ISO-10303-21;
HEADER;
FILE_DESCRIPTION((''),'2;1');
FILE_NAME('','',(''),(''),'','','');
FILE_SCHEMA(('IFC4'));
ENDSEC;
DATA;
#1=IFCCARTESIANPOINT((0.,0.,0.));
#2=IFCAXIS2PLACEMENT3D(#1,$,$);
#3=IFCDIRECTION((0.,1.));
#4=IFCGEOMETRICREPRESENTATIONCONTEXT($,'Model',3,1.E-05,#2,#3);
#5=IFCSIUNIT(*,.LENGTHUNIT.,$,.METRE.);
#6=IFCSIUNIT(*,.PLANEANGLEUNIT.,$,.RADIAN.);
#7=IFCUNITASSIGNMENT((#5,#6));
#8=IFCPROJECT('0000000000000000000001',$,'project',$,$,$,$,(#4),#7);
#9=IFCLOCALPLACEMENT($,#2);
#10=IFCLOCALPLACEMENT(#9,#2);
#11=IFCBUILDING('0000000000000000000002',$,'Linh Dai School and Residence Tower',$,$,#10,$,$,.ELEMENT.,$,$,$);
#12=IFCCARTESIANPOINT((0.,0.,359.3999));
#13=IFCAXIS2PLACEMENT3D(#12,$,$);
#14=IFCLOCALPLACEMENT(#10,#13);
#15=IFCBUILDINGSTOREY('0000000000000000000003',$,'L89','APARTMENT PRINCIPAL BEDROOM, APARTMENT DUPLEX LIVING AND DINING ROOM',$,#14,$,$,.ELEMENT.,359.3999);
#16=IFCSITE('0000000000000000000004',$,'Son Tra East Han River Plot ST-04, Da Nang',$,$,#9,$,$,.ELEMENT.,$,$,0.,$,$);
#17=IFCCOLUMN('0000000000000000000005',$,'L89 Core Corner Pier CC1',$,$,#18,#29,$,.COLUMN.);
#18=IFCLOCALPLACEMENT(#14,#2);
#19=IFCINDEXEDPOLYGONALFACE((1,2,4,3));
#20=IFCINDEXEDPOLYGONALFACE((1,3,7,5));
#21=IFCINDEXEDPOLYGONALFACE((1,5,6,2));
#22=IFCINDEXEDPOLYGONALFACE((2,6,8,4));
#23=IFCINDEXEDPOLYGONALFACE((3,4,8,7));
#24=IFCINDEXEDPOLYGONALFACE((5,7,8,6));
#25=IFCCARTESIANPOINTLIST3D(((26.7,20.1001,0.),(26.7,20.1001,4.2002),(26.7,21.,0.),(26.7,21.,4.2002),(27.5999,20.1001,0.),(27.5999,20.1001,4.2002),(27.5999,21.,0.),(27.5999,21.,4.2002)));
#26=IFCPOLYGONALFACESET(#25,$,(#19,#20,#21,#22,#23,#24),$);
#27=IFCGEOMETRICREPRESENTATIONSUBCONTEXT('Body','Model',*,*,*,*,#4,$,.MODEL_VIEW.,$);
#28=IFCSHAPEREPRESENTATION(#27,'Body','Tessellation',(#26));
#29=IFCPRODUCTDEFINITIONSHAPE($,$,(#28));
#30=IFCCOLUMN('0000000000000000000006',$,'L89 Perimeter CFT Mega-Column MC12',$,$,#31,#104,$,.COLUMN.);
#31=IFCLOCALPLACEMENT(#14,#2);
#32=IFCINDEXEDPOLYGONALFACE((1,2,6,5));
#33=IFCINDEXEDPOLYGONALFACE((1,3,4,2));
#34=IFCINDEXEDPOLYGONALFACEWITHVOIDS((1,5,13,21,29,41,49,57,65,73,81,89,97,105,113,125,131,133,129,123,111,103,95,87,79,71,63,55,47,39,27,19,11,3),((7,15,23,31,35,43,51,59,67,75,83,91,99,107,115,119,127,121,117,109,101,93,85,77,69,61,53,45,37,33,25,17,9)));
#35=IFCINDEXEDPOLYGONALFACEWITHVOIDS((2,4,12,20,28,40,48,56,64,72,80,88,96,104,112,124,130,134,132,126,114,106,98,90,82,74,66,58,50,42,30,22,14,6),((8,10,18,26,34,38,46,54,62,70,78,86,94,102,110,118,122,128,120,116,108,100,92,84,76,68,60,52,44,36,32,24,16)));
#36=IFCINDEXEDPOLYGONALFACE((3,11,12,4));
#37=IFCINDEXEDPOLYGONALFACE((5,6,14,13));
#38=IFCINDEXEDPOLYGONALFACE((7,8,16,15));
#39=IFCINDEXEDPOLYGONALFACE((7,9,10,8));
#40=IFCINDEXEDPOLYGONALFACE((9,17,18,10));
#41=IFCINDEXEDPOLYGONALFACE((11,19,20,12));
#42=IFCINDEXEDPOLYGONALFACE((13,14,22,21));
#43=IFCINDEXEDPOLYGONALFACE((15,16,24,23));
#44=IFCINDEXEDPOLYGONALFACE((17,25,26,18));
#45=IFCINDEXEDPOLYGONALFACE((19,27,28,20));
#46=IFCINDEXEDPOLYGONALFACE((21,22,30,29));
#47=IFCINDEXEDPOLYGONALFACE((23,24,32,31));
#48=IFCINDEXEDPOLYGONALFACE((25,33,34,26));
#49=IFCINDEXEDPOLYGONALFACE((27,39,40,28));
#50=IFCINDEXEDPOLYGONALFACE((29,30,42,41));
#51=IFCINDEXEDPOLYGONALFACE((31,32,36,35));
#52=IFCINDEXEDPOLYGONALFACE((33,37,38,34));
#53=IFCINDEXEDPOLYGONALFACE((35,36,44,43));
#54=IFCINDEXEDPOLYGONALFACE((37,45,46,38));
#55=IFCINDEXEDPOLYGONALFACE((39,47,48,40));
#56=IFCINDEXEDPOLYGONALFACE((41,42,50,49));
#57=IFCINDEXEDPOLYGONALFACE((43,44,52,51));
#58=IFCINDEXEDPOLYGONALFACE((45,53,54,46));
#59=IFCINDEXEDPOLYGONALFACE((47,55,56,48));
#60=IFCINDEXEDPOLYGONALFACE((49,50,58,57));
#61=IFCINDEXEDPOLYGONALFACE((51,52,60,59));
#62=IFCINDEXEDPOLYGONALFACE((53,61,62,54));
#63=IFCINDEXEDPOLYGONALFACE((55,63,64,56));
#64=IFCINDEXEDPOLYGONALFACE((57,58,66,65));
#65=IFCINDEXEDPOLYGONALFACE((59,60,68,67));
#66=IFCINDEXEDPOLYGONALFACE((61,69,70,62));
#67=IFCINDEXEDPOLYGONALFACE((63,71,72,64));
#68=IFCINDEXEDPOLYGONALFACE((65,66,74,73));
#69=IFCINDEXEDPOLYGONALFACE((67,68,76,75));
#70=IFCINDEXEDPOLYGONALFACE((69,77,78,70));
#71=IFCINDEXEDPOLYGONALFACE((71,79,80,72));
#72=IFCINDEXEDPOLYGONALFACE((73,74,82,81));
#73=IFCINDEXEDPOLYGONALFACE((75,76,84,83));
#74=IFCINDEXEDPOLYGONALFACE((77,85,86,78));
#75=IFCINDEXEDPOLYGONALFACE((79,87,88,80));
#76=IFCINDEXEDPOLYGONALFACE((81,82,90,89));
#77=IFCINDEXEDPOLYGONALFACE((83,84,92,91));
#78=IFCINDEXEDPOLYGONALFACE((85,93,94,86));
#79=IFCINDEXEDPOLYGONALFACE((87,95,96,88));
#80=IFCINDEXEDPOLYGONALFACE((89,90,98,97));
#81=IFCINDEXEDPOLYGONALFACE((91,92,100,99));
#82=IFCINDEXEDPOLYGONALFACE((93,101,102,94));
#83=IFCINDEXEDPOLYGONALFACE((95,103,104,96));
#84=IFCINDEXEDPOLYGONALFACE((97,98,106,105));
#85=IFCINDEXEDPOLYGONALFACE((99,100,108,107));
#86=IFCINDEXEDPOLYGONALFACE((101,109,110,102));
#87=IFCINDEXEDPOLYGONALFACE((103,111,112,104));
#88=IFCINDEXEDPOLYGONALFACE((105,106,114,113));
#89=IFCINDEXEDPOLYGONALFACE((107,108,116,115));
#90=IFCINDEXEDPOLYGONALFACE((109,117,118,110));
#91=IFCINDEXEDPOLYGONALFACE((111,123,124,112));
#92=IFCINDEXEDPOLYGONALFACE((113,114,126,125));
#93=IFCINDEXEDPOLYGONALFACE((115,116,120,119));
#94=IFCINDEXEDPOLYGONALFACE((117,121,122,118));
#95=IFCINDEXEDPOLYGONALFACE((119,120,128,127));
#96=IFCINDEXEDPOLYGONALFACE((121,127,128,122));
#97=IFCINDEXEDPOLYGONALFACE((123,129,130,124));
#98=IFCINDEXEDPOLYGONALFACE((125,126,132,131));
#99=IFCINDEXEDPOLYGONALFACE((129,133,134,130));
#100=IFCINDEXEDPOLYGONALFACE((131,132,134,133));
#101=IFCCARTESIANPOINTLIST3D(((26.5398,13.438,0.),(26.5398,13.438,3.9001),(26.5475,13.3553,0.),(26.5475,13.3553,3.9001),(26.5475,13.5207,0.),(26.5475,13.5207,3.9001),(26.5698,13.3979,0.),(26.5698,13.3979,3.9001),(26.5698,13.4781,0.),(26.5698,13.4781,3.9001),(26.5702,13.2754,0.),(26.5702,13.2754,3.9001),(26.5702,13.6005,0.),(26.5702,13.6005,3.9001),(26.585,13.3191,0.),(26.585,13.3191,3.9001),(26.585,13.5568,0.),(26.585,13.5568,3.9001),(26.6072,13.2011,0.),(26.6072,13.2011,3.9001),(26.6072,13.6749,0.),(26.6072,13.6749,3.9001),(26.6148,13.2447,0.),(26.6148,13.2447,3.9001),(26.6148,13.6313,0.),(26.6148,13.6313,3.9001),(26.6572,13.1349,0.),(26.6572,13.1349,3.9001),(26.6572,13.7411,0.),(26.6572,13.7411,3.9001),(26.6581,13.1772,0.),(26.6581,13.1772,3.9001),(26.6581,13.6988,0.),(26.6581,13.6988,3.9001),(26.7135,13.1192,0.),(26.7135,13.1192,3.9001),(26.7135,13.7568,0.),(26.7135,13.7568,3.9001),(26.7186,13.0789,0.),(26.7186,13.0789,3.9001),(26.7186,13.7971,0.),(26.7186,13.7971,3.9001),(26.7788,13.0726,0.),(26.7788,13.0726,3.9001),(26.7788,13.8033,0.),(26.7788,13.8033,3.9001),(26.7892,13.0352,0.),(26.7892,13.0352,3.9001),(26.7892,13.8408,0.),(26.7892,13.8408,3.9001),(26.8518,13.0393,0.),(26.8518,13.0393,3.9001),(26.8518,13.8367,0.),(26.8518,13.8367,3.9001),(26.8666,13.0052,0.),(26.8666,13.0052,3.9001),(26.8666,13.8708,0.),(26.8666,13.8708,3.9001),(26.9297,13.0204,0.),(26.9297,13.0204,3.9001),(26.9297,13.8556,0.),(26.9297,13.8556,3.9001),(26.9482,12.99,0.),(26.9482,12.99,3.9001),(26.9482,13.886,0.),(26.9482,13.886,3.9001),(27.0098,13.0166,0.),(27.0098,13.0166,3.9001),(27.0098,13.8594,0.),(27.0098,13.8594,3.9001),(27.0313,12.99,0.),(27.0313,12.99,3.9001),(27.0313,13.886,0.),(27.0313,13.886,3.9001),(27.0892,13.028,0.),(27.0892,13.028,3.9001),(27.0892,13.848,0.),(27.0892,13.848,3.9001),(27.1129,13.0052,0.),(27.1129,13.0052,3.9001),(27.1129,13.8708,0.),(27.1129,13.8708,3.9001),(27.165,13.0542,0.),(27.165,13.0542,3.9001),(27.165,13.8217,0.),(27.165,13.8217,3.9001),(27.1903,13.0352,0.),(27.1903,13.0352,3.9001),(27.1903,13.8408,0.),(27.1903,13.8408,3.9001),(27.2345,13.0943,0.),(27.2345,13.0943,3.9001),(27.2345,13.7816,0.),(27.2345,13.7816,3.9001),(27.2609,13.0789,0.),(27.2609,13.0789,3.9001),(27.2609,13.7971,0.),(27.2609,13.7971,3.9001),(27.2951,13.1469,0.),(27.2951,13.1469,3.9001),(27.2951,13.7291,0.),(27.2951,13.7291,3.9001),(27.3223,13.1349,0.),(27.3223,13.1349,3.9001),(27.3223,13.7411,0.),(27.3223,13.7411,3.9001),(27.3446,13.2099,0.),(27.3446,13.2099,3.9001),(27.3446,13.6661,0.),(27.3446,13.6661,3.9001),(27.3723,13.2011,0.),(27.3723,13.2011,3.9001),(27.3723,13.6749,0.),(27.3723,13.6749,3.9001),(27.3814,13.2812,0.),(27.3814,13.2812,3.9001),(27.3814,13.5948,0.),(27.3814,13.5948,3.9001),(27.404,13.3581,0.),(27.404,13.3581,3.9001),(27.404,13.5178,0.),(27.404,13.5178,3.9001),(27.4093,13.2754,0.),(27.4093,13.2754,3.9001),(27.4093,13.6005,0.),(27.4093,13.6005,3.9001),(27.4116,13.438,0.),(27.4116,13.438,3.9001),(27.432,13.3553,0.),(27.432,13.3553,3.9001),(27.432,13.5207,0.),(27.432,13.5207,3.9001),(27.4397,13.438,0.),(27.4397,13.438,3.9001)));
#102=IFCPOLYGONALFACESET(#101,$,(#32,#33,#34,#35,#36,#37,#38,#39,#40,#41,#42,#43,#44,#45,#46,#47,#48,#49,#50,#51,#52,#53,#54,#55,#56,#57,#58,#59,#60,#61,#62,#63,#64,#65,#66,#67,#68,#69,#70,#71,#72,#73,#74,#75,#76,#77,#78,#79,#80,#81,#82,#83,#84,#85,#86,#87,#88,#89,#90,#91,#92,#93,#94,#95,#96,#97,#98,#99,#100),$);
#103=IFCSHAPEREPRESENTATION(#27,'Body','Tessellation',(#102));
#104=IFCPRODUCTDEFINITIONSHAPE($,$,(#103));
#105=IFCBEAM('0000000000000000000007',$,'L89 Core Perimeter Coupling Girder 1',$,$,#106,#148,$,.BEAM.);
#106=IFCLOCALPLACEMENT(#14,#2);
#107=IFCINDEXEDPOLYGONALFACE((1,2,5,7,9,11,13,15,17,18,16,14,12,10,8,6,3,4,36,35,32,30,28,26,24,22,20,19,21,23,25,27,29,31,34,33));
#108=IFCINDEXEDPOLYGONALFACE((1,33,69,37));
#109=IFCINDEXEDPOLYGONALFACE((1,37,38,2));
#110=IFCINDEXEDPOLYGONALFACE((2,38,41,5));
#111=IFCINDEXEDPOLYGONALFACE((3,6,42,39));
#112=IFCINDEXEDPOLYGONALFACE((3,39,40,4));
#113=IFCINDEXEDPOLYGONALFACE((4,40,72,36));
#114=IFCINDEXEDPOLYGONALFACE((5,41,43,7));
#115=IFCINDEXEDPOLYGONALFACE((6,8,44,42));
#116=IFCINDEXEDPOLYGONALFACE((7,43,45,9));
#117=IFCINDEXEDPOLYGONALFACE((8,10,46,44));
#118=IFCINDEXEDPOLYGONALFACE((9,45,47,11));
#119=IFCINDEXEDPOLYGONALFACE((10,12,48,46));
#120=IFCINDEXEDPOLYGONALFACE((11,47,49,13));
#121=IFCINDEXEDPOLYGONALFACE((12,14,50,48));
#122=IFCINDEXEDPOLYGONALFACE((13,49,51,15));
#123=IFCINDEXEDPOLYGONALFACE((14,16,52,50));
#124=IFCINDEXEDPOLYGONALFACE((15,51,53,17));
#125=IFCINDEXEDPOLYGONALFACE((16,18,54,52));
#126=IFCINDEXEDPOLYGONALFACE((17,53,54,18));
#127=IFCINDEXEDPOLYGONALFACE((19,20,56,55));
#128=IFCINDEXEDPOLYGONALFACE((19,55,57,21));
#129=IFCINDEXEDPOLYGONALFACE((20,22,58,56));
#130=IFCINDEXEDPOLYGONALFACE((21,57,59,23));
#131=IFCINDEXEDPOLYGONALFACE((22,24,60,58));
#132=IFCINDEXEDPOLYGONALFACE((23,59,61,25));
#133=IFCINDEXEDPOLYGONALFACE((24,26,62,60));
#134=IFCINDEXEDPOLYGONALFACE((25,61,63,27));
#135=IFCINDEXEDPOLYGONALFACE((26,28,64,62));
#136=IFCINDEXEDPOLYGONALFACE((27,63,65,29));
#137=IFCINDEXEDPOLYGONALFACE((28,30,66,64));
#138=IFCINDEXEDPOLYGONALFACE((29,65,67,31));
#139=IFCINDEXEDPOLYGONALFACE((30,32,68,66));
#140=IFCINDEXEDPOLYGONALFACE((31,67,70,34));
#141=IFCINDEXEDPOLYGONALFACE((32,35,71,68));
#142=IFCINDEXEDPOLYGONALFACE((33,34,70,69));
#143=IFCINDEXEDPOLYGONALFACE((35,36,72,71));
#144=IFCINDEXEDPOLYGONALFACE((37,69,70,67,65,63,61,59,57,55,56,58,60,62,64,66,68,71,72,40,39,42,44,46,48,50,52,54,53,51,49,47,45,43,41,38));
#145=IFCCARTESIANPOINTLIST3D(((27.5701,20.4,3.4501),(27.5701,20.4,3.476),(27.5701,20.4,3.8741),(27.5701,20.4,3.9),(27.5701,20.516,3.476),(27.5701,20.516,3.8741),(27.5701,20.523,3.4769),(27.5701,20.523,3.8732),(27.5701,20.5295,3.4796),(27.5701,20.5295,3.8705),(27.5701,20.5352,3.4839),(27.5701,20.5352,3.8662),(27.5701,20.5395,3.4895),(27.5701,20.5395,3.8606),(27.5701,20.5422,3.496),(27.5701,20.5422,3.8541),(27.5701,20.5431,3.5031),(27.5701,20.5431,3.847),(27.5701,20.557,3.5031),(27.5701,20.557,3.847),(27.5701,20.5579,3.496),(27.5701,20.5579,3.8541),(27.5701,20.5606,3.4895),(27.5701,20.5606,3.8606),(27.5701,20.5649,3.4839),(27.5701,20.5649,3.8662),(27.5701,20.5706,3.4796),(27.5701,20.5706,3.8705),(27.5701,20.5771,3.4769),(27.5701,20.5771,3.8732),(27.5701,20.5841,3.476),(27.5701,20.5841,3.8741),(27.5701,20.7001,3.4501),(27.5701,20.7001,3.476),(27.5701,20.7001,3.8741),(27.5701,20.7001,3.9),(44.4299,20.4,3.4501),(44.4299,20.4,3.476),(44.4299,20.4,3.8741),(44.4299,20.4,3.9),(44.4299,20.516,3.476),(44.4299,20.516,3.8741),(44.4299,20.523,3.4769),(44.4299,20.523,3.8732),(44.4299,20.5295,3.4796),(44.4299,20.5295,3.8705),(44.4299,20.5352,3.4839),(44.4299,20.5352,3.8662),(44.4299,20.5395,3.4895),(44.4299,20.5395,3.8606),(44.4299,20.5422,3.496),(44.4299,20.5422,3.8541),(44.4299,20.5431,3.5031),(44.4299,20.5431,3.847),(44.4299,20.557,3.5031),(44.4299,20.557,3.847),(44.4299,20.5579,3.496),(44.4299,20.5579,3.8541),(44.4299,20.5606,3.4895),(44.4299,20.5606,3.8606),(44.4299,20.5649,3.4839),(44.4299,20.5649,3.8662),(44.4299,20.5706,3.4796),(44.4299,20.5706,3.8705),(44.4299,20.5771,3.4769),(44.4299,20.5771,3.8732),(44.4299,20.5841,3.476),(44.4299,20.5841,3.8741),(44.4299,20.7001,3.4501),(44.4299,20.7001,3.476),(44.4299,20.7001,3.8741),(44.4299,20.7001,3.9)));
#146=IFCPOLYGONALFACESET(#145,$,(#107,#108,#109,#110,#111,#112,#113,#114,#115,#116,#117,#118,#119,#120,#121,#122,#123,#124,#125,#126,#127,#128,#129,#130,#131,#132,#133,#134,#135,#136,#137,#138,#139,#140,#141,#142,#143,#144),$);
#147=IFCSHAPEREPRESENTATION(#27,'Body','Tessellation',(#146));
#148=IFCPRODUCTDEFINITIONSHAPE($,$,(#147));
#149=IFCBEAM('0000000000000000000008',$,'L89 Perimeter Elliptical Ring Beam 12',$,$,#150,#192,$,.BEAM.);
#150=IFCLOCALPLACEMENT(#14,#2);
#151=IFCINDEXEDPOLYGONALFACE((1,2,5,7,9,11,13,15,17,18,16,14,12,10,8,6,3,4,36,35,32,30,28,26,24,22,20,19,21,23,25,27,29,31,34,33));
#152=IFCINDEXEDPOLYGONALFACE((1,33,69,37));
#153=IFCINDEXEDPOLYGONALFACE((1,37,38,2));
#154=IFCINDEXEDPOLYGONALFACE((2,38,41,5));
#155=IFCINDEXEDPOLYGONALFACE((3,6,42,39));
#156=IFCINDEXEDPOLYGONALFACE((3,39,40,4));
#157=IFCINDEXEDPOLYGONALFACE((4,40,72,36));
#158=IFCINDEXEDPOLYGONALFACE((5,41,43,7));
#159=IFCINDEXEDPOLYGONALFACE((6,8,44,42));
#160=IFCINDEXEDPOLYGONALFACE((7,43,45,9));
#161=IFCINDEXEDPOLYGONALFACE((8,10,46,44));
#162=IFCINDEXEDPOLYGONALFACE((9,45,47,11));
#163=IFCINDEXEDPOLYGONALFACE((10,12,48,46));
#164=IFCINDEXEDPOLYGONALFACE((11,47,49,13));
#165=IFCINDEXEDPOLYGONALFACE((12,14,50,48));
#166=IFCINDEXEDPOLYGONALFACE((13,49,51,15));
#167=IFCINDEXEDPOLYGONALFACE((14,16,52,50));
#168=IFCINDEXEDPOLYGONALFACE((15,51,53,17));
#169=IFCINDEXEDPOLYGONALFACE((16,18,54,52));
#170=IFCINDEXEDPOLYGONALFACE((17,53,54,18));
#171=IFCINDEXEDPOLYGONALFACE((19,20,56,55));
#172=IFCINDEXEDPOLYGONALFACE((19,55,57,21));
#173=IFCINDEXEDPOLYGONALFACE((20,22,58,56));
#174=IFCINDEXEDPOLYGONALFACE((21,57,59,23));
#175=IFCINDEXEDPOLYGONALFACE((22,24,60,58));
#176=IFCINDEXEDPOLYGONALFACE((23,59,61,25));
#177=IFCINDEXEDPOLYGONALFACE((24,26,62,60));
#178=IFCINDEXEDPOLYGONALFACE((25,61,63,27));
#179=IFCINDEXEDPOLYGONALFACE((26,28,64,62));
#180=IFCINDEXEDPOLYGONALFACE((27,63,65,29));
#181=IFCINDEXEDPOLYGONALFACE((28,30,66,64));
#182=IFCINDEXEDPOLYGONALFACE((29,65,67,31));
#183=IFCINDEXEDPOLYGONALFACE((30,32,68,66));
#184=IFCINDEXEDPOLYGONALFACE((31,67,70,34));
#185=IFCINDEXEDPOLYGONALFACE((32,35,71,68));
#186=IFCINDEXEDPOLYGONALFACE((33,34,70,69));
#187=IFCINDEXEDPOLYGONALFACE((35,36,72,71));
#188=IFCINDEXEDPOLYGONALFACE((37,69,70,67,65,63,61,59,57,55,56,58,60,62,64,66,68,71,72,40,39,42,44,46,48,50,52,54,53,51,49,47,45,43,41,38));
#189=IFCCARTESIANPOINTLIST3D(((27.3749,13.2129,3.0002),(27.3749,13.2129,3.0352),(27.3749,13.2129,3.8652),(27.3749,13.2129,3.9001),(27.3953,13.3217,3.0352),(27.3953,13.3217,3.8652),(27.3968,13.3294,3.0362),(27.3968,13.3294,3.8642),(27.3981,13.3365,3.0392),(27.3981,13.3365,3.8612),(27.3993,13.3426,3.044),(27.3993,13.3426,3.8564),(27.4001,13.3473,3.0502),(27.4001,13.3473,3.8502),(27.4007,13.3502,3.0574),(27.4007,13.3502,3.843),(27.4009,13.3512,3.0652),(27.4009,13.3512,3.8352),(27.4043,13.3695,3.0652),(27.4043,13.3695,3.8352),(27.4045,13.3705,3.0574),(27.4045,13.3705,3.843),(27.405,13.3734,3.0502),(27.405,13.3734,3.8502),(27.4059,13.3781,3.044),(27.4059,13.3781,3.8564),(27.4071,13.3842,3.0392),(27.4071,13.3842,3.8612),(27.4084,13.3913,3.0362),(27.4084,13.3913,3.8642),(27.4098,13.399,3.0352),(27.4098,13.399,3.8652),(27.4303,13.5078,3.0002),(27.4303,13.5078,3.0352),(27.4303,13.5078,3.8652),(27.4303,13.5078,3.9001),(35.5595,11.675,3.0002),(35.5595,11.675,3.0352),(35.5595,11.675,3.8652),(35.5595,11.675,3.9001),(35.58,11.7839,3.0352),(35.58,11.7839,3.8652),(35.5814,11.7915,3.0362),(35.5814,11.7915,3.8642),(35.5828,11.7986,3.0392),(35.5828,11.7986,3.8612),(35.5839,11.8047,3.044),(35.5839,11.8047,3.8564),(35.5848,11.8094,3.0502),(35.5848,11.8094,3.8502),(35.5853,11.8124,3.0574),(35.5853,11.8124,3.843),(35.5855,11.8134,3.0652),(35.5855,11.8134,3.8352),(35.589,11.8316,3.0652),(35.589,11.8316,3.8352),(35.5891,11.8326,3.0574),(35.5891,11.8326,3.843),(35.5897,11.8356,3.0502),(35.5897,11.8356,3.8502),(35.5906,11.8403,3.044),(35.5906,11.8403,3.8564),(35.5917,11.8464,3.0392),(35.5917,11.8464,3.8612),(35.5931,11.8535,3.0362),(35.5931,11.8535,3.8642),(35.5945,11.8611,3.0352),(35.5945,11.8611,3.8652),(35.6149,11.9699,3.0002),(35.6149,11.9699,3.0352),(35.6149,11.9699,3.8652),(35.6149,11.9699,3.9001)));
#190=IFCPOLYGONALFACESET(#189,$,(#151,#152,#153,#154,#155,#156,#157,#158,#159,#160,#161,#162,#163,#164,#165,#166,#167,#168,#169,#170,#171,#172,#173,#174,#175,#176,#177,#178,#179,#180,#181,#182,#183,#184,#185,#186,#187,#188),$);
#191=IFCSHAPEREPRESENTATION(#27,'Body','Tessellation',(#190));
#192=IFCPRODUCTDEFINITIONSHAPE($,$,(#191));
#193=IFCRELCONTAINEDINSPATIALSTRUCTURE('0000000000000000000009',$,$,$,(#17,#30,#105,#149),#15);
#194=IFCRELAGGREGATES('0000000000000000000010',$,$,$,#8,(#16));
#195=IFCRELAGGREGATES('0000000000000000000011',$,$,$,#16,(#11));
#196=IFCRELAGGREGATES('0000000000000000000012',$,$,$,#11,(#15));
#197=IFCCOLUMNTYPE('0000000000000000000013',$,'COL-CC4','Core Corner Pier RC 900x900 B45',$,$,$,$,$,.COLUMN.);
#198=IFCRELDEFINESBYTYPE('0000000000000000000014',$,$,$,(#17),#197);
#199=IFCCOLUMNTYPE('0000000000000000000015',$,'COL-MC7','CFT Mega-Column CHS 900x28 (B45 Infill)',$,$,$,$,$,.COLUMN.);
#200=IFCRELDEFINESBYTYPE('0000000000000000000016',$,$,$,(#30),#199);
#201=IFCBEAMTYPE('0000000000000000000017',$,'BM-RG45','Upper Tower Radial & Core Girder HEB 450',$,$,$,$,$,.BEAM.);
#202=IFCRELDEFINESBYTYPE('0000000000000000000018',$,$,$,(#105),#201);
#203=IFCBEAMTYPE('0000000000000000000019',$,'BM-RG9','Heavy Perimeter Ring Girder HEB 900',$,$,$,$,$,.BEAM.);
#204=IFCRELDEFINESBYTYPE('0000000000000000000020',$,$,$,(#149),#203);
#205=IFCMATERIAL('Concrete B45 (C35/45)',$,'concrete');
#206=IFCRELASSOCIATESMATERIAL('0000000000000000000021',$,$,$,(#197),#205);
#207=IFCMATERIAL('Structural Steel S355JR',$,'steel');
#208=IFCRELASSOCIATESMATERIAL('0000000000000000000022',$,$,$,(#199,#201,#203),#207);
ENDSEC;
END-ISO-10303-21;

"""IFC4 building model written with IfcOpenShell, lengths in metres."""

from ifc_helpers import new_model, si_unit, direction, frame, origin, origin_2d, place, context, subcontext, project, spatial, rectangle, hollow_circle, i_section, extrude, material, material_profile, profile_set, type_object, element, save


model = new_model("IFC4")

# Units and contexts
model_context = context("Model", 3, precision=1e-05, world=origin(), true_north=direction((0.0, 1.0)))
body_context = subcontext(model_context, "Body", "Model", "MODEL_VIEW")
ifc_project = project(units=[si_unit("LENGTHUNIT", "METRE"), si_unit("PLANEANGLEUNIT", "RADIAN")], contexts=[model_context])

# Site, building, storey
site_placement = place(None, origin())
site = spatial("IfcSite", under=ifc_project, at=site_placement, Name="Son Tra East Han River Plot ST-04, Da Nang", CompositionType="ELEMENT", RefElevation=0.0)
building_placement = place(site_placement, origin())
building = spatial("IfcBuilding", under=site, at=building_placement, Name="Linh Dai School and Residence Tower", CompositionType="ELEMENT")
storey_placement = place(building_placement, frame((0.0, 0.0, 359.3999)))
storey = spatial("IfcBuildingStorey", under=building, at=storey_placement, Name="L89", Description="APARTMENT PRINCIPAL BEDROOM, APARTMENT DUPLEX LIVING AND DINING ROOM", CompositionType="ELEMENT", Elevation=359.3999)

# Columns
ifc_material_1 = material(Name="Concrete B45 (C35/45)", Category="concrete")
ifc_material_profile_1 = material_profile(ifc_material_1, rectangle(XDim=0.8999, YDim=0.8999, at=origin_2d()), Name="RC 900x900")
ifc_profile_set_1 = profile_set([ifc_material_profile_1], Name="Concrete B45 (C35/45)")
column_type_1 = type_object("IfcColumnType", Name="COL-CC4", Description="Core Corner Pier RC 900x900 B45", PredefinedType="COLUMN", material=ifc_profile_set_1)
column_1_placement = place(storey_placement, frame((27.1499, 20.55, 0.0), z_axis=(0.0, 0.0, 1.0), x_axis=(1.0, 0.0, 0.0)))
element("IfcColumn", 1, at=column_1_placement, inside=storey, type_object=column_type_1, Name="L89 Core Corner Pier CC1", PredefinedType="COLUMN", context=body_context, shape_type="SweptSolid", body=[
    extrude(rectangle(XDim=0.8999, YDim=0.8999, at=origin_2d()), origin(), (0.0, 0.0, 1.0), 4.2002),
])
ifc_material_2 = material(Name="Structural Steel S355JR", Category="steel")
ifc_material_profile_2 = material_profile(ifc_material_2, hollow_circle(Radius=0.45, WallThickness=0.0281, at=origin_2d()), Name="CHS 900x28")
ifc_profile_set_2 = profile_set([ifc_material_profile_2], Name="Structural Steel S355JR")
column_type_2 = type_object("IfcColumnType", Name="COL-MC7", Description="CFT Mega-Column CHS 900x28 (B45 Infill)", PredefinedType="COLUMN", material=ifc_profile_set_2)
column_2_placement = place(storey_placement, frame((26.9897, 13.438, 0.0), z_axis=(0.0, 0.0, 1.0), x_axis=(1.0, 0.0, 0.0)))
element("IfcColumn", 2, at=column_2_placement, inside=storey, type_object=column_type_2, Name="L89 Perimeter CFT Mega-Column MC12", PredefinedType="COLUMN", context=body_context, shape_type="SweptSolid", body=[
    extrude(hollow_circle(Radius=0.45, WallThickness=0.0281, at=origin_2d()), origin(), (0.0, 0.0, 1.0), 3.9001),
])

# Beams
ifc_material_profile_3 = material_profile(ifc_material_2, i_section(OverallWidth=0.3, OverallDepth=0.45, WebThickness=0.0139, FlangeThickness=0.0259, FilletRadius=0.0271, at=origin_2d()), Name="HEB 450")
ifc_profile_set_3 = profile_set([ifc_material_profile_3], Name="Structural Steel S355JR")
beam_type_1 = type_object("IfcBeamType", Name="BM-RG45", Description="Upper Tower Radial & Core Girder HEB 450", PredefinedType="BEAM", material=ifc_profile_set_3)
beam_1_placement = place(storey_placement, frame((27.5701, 20.55, 3.675), z_axis=(1.0, 0.0, 0.0), x_axis=(0.0, 1.0, 0.0)))
element("IfcBeam", 3, at=beam_1_placement, inside=storey, type_object=beam_type_1, Name="L89 Core Perimeter Coupling Girder 1", PredefinedType="BEAM", context=body_context, shape_type="SweptSolid", body=[
    extrude(i_section(OverallWidth=0.3, OverallDepth=0.45, WebThickness=0.0139, FlangeThickness=0.0259, FilletRadius=0.0271, at=origin_2d()), origin(), (0.0, 0.0, 1.0), 16.8599),
])
ifc_material_profile_4 = material_profile(ifc_material_2, i_section(OverallWidth=0.3, OverallDepth=0.8999, WebThickness=0.0186, FlangeThickness=0.0349, FilletRadius=0.03, at=origin_2d()), Name="HEB 900")
ifc_profile_set_4 = profile_set([ifc_material_profile_4], Name="Structural Steel S355JR")
beam_type_2 = type_object("IfcBeamType", Name="BM-RG9", Description="Heavy Perimeter Ring Girder HEB 900", PredefinedType="BEAM", material=ifc_profile_set_4)
beam_2_placement = place(storey_placement, frame((27.4026, 13.3604, 3.4502), z_axis=(0.982802, -0.184664, 0.0), x_axis=(0.184664, 0.982802, 0.0)))
element("IfcBeam", 4, at=beam_2_placement, inside=storey, type_object=beam_type_2, Name="L89 Perimeter Elliptical Ring Beam 12", PredefinedType="BEAM", context=body_context, shape_type="SweptSolid", body=[
    extrude(i_section(OverallWidth=0.3, OverallDepth=0.8999, WebThickness=0.0186, FlangeThickness=0.0349, FilletRadius=0.03, at=origin_2d()), origin(), (0.0, 0.0, 1.0), 8.3279),
])

save(model, "model.ifc")
